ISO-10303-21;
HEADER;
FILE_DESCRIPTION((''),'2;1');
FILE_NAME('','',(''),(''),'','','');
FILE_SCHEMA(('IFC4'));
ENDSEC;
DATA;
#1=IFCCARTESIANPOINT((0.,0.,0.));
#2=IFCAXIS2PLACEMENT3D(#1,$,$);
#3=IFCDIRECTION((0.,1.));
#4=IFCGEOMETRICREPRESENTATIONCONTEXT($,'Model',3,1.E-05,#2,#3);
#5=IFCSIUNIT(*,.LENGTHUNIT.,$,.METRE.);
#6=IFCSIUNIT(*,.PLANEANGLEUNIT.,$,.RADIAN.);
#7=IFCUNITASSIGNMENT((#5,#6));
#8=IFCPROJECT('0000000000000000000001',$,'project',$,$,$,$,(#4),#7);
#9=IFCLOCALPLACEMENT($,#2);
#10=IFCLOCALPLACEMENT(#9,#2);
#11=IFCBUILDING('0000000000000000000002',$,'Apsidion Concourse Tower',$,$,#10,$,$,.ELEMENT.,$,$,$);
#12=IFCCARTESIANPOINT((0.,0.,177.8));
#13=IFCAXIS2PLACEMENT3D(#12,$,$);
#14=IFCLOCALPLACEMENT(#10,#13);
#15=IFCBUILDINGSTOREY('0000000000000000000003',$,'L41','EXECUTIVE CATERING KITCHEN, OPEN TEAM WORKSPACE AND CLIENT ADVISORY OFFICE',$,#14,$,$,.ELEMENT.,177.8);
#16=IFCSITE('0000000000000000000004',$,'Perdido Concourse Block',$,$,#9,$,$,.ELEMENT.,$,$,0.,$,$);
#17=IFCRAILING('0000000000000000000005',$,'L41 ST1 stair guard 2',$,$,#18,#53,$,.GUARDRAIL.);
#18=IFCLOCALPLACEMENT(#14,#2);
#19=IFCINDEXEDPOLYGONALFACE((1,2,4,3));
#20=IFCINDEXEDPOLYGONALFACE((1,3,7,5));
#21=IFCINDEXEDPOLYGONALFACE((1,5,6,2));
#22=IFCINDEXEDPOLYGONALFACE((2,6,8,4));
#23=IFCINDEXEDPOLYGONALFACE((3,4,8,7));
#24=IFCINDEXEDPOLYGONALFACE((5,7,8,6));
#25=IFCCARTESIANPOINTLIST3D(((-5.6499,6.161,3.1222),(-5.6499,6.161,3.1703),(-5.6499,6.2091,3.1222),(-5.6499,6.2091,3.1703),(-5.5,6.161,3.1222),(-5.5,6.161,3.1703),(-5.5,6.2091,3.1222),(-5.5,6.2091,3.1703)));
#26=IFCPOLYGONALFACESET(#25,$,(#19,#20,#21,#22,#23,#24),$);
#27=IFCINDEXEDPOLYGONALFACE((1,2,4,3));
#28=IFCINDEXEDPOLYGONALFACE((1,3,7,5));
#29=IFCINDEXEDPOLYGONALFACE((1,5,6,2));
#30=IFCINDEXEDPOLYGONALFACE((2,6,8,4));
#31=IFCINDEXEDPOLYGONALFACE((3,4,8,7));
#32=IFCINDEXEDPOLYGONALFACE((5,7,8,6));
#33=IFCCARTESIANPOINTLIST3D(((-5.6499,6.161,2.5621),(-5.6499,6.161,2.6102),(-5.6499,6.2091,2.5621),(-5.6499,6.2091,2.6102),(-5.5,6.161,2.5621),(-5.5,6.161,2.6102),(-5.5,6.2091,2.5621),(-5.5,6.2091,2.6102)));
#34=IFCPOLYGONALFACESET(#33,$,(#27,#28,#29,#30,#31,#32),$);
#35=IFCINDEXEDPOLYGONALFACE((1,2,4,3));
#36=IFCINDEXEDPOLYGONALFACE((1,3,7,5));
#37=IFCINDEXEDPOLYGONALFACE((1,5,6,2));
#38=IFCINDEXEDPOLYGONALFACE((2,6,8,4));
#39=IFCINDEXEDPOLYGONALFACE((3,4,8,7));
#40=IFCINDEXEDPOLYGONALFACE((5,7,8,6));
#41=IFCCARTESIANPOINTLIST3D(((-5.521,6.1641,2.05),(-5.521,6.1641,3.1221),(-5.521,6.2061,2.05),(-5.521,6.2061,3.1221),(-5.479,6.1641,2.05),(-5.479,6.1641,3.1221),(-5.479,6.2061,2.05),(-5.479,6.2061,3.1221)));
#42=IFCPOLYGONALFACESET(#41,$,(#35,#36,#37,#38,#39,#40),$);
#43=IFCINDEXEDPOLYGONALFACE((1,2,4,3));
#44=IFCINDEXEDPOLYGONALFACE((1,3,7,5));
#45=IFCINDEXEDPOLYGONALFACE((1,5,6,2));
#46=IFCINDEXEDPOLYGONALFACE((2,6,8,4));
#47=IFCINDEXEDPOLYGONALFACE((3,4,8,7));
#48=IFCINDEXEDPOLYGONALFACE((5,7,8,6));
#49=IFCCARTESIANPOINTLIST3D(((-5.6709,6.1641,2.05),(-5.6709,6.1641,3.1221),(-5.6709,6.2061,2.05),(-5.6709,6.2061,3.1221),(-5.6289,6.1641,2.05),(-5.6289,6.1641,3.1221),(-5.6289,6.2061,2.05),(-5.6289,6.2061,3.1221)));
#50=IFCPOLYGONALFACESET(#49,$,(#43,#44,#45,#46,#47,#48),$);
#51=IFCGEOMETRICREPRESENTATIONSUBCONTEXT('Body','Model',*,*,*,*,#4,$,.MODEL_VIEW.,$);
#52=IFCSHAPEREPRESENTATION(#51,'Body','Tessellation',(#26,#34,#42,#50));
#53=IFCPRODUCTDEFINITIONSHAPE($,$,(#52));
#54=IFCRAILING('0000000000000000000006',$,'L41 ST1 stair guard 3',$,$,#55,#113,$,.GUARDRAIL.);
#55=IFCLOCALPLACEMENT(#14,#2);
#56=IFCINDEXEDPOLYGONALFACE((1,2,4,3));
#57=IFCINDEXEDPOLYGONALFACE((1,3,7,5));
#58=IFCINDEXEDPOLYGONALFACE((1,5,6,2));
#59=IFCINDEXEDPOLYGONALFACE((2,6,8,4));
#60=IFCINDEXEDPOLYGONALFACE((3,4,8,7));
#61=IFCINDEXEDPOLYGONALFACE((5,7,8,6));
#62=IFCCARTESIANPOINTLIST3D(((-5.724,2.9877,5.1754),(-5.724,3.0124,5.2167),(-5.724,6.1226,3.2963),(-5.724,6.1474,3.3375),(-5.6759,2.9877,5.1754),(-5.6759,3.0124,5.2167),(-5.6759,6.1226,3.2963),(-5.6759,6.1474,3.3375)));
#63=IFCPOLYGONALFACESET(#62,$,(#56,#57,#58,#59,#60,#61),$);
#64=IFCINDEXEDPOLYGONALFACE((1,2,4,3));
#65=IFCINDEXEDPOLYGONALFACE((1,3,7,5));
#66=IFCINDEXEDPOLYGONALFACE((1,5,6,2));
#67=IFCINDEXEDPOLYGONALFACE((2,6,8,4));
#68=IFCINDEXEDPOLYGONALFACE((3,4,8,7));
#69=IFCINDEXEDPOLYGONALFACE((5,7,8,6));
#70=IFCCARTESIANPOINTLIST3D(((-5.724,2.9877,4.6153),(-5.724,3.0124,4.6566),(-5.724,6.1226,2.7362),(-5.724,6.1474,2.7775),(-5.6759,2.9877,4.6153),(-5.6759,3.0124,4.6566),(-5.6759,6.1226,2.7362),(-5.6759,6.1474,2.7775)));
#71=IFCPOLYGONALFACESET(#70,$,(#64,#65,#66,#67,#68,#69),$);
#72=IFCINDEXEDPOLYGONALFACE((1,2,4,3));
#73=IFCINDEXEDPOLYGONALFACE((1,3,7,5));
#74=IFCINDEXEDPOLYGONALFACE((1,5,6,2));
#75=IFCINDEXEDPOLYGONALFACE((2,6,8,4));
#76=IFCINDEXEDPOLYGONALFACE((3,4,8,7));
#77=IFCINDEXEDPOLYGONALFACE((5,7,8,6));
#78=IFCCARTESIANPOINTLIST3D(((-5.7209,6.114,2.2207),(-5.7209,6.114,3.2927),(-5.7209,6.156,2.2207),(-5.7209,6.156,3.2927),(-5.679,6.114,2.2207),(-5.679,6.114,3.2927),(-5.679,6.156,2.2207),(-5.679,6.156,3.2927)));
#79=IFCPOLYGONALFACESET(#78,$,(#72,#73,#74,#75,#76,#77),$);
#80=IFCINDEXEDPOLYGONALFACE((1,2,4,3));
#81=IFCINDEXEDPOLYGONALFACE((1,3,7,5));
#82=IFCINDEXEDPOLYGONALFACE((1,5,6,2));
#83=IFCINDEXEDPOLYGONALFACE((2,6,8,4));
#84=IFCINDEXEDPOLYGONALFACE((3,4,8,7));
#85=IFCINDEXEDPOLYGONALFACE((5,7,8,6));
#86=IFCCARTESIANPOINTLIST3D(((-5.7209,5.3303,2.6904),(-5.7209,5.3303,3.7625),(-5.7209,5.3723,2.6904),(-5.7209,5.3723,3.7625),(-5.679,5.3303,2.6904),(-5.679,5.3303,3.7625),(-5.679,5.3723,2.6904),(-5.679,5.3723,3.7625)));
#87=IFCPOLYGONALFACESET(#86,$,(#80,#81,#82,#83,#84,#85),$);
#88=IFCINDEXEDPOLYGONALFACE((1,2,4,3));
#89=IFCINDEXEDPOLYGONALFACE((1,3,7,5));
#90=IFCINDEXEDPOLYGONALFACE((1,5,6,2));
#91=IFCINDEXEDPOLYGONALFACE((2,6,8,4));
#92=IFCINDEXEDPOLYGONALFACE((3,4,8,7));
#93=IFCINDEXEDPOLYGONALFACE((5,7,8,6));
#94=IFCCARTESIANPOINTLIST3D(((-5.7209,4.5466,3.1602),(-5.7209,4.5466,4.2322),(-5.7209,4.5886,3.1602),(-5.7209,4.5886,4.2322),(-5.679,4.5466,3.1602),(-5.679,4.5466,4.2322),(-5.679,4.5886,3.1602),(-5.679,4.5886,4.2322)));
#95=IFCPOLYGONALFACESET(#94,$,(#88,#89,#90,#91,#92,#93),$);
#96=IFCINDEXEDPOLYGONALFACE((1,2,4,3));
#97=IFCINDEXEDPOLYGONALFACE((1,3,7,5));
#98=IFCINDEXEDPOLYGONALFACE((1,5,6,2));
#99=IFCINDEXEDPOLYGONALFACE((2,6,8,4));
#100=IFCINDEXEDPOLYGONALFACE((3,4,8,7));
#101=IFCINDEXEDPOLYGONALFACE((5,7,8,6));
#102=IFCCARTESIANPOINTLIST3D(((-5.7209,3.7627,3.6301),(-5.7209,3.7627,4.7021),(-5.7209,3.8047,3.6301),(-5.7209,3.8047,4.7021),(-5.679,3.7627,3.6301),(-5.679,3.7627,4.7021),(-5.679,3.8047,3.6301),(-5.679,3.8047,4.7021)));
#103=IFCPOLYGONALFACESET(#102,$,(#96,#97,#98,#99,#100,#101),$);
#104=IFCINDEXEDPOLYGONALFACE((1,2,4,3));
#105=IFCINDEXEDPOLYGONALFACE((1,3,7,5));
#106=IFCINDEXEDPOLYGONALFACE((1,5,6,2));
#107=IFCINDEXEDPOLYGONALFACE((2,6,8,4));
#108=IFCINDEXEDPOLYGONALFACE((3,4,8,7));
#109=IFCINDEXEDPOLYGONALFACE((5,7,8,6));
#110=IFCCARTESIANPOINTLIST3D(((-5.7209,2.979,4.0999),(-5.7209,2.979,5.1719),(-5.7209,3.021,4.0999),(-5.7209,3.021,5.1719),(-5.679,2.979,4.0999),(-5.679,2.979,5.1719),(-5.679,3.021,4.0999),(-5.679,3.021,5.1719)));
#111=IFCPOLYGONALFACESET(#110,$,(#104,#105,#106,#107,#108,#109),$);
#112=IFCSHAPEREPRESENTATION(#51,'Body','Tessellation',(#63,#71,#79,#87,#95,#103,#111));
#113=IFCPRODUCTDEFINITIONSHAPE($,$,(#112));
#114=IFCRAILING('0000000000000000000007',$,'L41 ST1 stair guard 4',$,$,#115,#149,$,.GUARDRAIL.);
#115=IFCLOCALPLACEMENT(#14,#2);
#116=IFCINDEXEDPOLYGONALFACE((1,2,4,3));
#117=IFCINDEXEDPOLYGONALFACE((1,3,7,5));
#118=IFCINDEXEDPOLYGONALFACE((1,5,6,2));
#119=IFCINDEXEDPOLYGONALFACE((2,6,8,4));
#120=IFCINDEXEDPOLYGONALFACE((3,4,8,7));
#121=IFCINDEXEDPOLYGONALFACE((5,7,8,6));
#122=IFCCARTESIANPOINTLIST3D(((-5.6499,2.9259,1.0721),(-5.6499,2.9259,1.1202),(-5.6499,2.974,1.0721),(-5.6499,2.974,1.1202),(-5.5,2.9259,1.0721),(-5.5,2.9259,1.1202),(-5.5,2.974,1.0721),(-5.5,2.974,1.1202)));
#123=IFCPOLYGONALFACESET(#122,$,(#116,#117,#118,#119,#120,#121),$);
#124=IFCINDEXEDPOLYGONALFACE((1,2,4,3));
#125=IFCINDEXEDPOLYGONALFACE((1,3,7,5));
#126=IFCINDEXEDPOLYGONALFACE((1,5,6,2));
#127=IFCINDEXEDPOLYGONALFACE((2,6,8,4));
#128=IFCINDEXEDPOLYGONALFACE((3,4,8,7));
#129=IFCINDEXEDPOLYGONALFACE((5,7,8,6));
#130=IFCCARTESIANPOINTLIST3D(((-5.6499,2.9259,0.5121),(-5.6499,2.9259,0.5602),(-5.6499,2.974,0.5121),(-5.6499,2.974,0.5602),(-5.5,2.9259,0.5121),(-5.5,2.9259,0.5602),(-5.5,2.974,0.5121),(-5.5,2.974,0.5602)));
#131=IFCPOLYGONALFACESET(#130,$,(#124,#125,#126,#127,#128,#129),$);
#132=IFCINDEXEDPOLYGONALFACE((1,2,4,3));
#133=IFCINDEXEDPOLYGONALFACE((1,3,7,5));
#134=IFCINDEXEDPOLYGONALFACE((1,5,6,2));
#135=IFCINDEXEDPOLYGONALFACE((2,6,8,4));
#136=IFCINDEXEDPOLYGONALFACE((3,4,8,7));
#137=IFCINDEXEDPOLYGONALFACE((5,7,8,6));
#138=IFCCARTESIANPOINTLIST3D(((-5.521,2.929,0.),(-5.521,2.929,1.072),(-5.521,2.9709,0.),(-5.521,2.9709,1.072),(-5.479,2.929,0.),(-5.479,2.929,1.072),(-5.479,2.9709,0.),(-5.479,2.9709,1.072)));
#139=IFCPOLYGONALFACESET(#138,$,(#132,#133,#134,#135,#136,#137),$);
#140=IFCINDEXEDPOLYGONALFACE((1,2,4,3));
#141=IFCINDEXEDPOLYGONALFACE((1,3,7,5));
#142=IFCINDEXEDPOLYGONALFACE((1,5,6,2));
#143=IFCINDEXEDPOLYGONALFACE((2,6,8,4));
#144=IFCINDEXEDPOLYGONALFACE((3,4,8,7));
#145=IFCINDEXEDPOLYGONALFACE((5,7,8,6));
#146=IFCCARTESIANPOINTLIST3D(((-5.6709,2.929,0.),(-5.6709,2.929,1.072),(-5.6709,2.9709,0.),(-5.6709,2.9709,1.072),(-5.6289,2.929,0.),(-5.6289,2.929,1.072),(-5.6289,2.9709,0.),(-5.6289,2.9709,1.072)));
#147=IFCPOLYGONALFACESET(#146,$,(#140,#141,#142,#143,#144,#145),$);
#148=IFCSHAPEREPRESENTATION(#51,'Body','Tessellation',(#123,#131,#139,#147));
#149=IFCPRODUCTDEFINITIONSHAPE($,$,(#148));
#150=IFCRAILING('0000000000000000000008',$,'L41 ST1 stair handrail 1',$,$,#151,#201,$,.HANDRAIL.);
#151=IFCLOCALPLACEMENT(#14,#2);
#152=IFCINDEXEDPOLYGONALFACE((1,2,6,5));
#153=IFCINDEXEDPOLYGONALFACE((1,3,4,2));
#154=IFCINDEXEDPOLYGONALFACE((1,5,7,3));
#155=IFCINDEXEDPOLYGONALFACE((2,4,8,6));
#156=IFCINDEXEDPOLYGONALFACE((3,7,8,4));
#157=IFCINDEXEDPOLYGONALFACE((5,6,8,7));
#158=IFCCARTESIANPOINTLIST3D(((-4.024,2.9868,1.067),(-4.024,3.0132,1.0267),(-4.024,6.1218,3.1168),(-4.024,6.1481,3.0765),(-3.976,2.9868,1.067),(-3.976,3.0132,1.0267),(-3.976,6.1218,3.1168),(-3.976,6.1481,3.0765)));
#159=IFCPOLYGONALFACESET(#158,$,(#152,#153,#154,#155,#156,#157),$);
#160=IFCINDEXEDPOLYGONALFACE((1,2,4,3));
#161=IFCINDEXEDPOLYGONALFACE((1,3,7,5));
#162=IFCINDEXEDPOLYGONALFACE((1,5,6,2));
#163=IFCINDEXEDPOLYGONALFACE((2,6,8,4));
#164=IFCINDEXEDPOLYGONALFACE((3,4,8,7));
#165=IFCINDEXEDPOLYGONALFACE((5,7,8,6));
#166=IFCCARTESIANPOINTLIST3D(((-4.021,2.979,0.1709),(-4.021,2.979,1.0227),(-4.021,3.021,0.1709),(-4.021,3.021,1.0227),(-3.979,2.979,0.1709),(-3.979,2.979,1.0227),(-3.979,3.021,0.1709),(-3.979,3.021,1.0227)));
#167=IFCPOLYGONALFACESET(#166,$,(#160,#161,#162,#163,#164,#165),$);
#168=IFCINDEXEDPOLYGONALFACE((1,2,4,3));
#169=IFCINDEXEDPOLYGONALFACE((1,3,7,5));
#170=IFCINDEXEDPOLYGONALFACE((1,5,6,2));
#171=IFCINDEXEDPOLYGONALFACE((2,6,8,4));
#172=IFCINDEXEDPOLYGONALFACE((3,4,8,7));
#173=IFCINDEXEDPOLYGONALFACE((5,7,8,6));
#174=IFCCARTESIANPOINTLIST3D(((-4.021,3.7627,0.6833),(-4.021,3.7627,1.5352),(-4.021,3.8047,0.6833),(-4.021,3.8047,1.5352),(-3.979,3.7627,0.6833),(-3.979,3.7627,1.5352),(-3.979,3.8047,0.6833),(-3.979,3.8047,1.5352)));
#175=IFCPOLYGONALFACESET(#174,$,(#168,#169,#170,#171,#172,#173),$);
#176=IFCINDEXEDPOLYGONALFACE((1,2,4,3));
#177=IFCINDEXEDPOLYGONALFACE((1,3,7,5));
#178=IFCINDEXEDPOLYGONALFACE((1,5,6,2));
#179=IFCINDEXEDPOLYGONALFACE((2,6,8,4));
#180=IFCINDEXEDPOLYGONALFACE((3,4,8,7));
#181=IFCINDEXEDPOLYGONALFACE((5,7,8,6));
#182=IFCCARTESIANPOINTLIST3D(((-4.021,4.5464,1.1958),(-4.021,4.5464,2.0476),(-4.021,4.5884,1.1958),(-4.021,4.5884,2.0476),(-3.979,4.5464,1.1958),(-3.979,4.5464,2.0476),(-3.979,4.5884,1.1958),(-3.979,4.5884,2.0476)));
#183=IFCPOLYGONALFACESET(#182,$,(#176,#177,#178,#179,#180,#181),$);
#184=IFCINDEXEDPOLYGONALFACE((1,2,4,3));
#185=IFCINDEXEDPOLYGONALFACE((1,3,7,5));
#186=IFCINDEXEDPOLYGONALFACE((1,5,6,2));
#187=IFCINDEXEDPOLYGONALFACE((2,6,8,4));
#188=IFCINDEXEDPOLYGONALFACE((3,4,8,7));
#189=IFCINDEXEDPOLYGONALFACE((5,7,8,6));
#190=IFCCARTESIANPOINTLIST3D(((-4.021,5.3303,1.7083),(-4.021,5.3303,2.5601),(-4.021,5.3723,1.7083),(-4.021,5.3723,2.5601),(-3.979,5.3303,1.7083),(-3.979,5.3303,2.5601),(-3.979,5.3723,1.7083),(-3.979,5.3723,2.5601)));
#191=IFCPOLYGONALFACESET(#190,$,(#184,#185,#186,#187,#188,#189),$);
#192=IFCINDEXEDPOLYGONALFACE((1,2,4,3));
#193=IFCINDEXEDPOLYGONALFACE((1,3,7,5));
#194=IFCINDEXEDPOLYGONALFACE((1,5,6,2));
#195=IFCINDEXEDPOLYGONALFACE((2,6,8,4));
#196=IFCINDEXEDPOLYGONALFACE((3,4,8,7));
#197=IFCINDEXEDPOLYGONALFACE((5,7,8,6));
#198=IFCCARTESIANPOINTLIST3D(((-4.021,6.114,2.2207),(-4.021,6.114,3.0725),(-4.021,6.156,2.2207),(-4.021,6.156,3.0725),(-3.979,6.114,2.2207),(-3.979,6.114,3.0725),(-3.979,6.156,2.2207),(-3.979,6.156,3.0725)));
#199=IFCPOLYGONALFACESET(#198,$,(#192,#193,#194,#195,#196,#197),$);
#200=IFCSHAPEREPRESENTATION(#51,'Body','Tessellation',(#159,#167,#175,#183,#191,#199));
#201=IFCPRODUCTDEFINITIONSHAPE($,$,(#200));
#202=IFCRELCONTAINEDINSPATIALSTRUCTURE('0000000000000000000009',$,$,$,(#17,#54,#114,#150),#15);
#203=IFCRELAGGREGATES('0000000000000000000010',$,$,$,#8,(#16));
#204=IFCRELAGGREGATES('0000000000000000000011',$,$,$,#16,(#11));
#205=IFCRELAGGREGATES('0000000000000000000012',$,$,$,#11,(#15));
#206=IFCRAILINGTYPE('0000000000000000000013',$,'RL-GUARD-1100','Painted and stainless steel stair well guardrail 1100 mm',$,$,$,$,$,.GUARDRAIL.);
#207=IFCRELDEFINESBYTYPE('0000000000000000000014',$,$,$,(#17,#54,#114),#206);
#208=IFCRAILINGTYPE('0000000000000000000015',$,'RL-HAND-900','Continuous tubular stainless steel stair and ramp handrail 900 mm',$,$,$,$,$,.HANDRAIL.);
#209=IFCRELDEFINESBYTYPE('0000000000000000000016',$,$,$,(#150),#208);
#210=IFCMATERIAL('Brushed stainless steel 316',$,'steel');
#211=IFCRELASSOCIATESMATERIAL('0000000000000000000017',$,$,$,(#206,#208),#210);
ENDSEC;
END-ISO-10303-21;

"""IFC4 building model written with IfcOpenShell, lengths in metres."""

from ifc_helpers import new_model, si_unit, direction, frame, origin, origin_2d, place, context, subcontext, project, spatial, rectangle, extrude, material, type_object, element, save


model = new_model("IFC4")

# Units and contexts
model_context = context("Model", 3, precision=1e-05, world=origin(), true_north=direction((0.0, 1.0)))
body_context = subcontext(model_context, "Body", "Model", "MODEL_VIEW")
ifc_project = project(units=[si_unit("LENGTHUNIT", "METRE"), si_unit("PLANEANGLEUNIT", "RADIAN")], contexts=[model_context])

# Site, building, storey
site_placement = place(None, origin())
site = spatial("IfcSite", under=ifc_project, at=site_placement, Name="Perdido Concourse Block", CompositionType="ELEMENT", RefElevation=0.0)
building_placement = place(site_placement, origin())
building = spatial("IfcBuilding", under=site, at=building_placement, Name="Apsidion Concourse Tower", CompositionType="ELEMENT")
storey_placement = place(building_placement, frame((0.0, 0.0, 177.8)))
storey = spatial("IfcBuildingStorey", under=building, at=storey_placement, Name="L41", Description="EXECUTIVE CATERING KITCHEN, OPEN TEAM WORKSPACE AND CLIENT ADVISORY OFFICE", CompositionType="ELEMENT", Elevation=177.8)

# Shared definitions
ifc_material_1 = material(Name="Brushed stainless steel 316", Category="steel")

# Railings
railing_type_1 = type_object("IfcRailingType", Name="RL-GUARD-1100", Description="Painted and stainless steel stair well guardrail 1100 mm", PredefinedType="GUARDRAIL", material=ifc_material_1)
railing_1_placement = place(storey_placement, frame((-5.5, 6.1851, 2.05)))
element("IfcRailing", 1, at=railing_1_placement, inside=storey, type_object=railing_type_1, Name="L41 ST1 stair guard 2", PredefinedType="GUARDRAIL", context=body_context, shape_type="SweptSolid", body=[
    extrude(rectangle(XDim=0.0481, YDim=0.0481, at=origin_2d()), frame((0.0, 0.0, 1.0962), z_axis=(-1.0, 0.0, 0.0), x_axis=(0.0, -1.0, 0.0)), (0.0, 0.0, 1.0), 0.1499),
    extrude(rectangle(XDim=0.0481, YDim=0.0481, at=origin_2d()), frame((0.0, 0.0, 0.5361), z_axis=(-1.0, 0.0, 0.0), x_axis=(0.0, -1.0, 0.0)), (0.0, 0.0, 1.0), 0.1499),
    extrude(rectangle(XDim=0.042, YDim=0.042, at=origin_2d()), origin(), (0.0, 0.0, 1.0), 1.072),
    extrude(rectangle(XDim=0.042, YDim=0.042, at=origin_2d()), frame((-0.1499, 0.0, 0.0)), (0.0, 0.0, 1.0), 1.072),
])
railing_2_placement = place(storey_placement, frame((-5.7, 6.135, 2.2207)))
element("IfcRailing", 2, at=railing_2_placement, inside=storey, type_object=railing_type_1, Name="L41 ST1 stair guard 3", PredefinedType="GUARDRAIL", context=body_context, shape_type="SweptSolid", body=[
    extrude(rectangle(XDim=0.0481, YDim=0.0481, at=origin_2d()), frame((0.0, 0.0, 1.0962), z_axis=(0.0, -0.857717, 0.514122), x_axis=(1.0, 0.0, 0.0)), (0.0, 0.0, 1.0), 3.655),
    extrude(rectangle(XDim=0.0481, YDim=0.0481, at=origin_2d()), frame((0.0, 0.0, 0.5361), z_axis=(0.0, -0.857717, 0.514122), x_axis=(1.0, 0.0, 0.0)), (0.0, 0.0, 1.0), 3.655),
    extrude(rectangle(XDim=0.042, YDim=0.042, at=origin_2d()), origin(), (0.0, 0.0, 1.0), 1.072),
    extrude(rectangle(XDim=0.042, YDim=0.042, at=origin_2d()), frame((0.0, -0.7837, 0.4697)), (0.0, 0.0, 1.0), 1.072),
    extrude(rectangle(XDim=0.042, YDim=0.042, at=origin_2d()), frame((0.0, -1.5674, 0.9395)), (0.0, 0.0, 1.0), 1.072),
    extrude(rectangle(XDim=0.042, YDim=0.042, at=origin_2d()), frame((0.0, -2.3513, 1.4094)), (0.0, 0.0, 1.0), 1.072),
    extrude(rectangle(XDim=0.042, YDim=0.042, at=origin_2d()), frame((0.0, -3.135, 1.8792)), (0.0, 0.0, 1.0), 1.072),
])
railing_3_placement = place(storey_placement, frame((-5.5, 2.95, 0.0)))
element("IfcRailing", 3, at=railing_3_placement, inside=storey, type_object=railing_type_1, Name="L41 ST1 stair guard 4", PredefinedType="GUARDRAIL", context=body_context, shape_type="SweptSolid", body=[
    extrude(rectangle(XDim=0.0481, YDim=0.0481, at=origin_2d()), frame((0.0, 0.0, 1.0962), z_axis=(-1.0, 0.0, 0.0), x_axis=(0.0, -1.0, 0.0)), (0.0, 0.0, 1.0), 0.1499),
    extrude(rectangle(XDim=0.0481, YDim=0.0481, at=origin_2d()), frame((0.0, 0.0, 0.5361), z_axis=(-1.0, 0.0, 0.0), x_axis=(0.0, -1.0, 0.0)), (0.0, 0.0, 1.0), 0.1499),
    extrude(rectangle(XDim=0.042, YDim=0.042, at=origin_2d()), origin(), (0.0, 0.0, 1.0), 1.072),
    extrude(rectangle(XDim=0.042, YDim=0.042, at=origin_2d()), frame((-0.1499, 0.0, 0.0)), (0.0, 0.0, 1.0), 1.072),
])
railing_type_2 = type_object("IfcRailingType", Name="RL-HAND-900", Description="Continuous tubular stainless steel stair and ramp handrail 900 mm", PredefinedType="HANDRAIL", material=ifc_material_1)
railing_4_placement = place(storey_placement, frame((-4.0, 3.0, 0.1709)))
element("IfcRailing", 4, at=railing_4_placement, inside=storey, type_object=railing_type_2, Name="L41 ST1 stair handrail 1", PredefinedType="HANDRAIL", context=body_context, shape_type="SweptSolid", body=[
    extrude(rectangle(XDim=0.0481, YDim=0.0481, at=origin_2d()), frame((0.0, 0.0, 0.876), z_axis=(0.0, 0.836971, 0.547248), x_axis=(-1.0, 0.0, 0.0)), (0.0, 0.0, 1.0), 3.7456),
    extrude(rectangle(XDim=0.042, YDim=0.042, at=origin_2d()), origin(), (0.0, 0.0, 1.0), 0.8518),
    extrude(rectangle(XDim=0.042, YDim=0.042, at=origin_2d()), frame((0.0, 0.7837, 0.5125)), (0.0, 0.0, 1.0), 0.8518),
    extrude(rectangle(XDim=0.042, YDim=0.042, at=origin_2d()), frame((0.0, 1.5674, 1.0249)), (0.0, 0.0, 1.0), 0.8518),
    extrude(rectangle(XDim=0.042, YDim=0.042, at=origin_2d()), frame((0.0, 2.3513, 1.5374)), (0.0, 0.0, 1.0), 0.8518),
    extrude(rectangle(XDim=0.042, YDim=0.042, at=origin_2d()), frame((0.0, 3.135, 2.0498)), (0.0, 0.0, 1.0), 0.8518),
])

save(model, "model.ifc")
